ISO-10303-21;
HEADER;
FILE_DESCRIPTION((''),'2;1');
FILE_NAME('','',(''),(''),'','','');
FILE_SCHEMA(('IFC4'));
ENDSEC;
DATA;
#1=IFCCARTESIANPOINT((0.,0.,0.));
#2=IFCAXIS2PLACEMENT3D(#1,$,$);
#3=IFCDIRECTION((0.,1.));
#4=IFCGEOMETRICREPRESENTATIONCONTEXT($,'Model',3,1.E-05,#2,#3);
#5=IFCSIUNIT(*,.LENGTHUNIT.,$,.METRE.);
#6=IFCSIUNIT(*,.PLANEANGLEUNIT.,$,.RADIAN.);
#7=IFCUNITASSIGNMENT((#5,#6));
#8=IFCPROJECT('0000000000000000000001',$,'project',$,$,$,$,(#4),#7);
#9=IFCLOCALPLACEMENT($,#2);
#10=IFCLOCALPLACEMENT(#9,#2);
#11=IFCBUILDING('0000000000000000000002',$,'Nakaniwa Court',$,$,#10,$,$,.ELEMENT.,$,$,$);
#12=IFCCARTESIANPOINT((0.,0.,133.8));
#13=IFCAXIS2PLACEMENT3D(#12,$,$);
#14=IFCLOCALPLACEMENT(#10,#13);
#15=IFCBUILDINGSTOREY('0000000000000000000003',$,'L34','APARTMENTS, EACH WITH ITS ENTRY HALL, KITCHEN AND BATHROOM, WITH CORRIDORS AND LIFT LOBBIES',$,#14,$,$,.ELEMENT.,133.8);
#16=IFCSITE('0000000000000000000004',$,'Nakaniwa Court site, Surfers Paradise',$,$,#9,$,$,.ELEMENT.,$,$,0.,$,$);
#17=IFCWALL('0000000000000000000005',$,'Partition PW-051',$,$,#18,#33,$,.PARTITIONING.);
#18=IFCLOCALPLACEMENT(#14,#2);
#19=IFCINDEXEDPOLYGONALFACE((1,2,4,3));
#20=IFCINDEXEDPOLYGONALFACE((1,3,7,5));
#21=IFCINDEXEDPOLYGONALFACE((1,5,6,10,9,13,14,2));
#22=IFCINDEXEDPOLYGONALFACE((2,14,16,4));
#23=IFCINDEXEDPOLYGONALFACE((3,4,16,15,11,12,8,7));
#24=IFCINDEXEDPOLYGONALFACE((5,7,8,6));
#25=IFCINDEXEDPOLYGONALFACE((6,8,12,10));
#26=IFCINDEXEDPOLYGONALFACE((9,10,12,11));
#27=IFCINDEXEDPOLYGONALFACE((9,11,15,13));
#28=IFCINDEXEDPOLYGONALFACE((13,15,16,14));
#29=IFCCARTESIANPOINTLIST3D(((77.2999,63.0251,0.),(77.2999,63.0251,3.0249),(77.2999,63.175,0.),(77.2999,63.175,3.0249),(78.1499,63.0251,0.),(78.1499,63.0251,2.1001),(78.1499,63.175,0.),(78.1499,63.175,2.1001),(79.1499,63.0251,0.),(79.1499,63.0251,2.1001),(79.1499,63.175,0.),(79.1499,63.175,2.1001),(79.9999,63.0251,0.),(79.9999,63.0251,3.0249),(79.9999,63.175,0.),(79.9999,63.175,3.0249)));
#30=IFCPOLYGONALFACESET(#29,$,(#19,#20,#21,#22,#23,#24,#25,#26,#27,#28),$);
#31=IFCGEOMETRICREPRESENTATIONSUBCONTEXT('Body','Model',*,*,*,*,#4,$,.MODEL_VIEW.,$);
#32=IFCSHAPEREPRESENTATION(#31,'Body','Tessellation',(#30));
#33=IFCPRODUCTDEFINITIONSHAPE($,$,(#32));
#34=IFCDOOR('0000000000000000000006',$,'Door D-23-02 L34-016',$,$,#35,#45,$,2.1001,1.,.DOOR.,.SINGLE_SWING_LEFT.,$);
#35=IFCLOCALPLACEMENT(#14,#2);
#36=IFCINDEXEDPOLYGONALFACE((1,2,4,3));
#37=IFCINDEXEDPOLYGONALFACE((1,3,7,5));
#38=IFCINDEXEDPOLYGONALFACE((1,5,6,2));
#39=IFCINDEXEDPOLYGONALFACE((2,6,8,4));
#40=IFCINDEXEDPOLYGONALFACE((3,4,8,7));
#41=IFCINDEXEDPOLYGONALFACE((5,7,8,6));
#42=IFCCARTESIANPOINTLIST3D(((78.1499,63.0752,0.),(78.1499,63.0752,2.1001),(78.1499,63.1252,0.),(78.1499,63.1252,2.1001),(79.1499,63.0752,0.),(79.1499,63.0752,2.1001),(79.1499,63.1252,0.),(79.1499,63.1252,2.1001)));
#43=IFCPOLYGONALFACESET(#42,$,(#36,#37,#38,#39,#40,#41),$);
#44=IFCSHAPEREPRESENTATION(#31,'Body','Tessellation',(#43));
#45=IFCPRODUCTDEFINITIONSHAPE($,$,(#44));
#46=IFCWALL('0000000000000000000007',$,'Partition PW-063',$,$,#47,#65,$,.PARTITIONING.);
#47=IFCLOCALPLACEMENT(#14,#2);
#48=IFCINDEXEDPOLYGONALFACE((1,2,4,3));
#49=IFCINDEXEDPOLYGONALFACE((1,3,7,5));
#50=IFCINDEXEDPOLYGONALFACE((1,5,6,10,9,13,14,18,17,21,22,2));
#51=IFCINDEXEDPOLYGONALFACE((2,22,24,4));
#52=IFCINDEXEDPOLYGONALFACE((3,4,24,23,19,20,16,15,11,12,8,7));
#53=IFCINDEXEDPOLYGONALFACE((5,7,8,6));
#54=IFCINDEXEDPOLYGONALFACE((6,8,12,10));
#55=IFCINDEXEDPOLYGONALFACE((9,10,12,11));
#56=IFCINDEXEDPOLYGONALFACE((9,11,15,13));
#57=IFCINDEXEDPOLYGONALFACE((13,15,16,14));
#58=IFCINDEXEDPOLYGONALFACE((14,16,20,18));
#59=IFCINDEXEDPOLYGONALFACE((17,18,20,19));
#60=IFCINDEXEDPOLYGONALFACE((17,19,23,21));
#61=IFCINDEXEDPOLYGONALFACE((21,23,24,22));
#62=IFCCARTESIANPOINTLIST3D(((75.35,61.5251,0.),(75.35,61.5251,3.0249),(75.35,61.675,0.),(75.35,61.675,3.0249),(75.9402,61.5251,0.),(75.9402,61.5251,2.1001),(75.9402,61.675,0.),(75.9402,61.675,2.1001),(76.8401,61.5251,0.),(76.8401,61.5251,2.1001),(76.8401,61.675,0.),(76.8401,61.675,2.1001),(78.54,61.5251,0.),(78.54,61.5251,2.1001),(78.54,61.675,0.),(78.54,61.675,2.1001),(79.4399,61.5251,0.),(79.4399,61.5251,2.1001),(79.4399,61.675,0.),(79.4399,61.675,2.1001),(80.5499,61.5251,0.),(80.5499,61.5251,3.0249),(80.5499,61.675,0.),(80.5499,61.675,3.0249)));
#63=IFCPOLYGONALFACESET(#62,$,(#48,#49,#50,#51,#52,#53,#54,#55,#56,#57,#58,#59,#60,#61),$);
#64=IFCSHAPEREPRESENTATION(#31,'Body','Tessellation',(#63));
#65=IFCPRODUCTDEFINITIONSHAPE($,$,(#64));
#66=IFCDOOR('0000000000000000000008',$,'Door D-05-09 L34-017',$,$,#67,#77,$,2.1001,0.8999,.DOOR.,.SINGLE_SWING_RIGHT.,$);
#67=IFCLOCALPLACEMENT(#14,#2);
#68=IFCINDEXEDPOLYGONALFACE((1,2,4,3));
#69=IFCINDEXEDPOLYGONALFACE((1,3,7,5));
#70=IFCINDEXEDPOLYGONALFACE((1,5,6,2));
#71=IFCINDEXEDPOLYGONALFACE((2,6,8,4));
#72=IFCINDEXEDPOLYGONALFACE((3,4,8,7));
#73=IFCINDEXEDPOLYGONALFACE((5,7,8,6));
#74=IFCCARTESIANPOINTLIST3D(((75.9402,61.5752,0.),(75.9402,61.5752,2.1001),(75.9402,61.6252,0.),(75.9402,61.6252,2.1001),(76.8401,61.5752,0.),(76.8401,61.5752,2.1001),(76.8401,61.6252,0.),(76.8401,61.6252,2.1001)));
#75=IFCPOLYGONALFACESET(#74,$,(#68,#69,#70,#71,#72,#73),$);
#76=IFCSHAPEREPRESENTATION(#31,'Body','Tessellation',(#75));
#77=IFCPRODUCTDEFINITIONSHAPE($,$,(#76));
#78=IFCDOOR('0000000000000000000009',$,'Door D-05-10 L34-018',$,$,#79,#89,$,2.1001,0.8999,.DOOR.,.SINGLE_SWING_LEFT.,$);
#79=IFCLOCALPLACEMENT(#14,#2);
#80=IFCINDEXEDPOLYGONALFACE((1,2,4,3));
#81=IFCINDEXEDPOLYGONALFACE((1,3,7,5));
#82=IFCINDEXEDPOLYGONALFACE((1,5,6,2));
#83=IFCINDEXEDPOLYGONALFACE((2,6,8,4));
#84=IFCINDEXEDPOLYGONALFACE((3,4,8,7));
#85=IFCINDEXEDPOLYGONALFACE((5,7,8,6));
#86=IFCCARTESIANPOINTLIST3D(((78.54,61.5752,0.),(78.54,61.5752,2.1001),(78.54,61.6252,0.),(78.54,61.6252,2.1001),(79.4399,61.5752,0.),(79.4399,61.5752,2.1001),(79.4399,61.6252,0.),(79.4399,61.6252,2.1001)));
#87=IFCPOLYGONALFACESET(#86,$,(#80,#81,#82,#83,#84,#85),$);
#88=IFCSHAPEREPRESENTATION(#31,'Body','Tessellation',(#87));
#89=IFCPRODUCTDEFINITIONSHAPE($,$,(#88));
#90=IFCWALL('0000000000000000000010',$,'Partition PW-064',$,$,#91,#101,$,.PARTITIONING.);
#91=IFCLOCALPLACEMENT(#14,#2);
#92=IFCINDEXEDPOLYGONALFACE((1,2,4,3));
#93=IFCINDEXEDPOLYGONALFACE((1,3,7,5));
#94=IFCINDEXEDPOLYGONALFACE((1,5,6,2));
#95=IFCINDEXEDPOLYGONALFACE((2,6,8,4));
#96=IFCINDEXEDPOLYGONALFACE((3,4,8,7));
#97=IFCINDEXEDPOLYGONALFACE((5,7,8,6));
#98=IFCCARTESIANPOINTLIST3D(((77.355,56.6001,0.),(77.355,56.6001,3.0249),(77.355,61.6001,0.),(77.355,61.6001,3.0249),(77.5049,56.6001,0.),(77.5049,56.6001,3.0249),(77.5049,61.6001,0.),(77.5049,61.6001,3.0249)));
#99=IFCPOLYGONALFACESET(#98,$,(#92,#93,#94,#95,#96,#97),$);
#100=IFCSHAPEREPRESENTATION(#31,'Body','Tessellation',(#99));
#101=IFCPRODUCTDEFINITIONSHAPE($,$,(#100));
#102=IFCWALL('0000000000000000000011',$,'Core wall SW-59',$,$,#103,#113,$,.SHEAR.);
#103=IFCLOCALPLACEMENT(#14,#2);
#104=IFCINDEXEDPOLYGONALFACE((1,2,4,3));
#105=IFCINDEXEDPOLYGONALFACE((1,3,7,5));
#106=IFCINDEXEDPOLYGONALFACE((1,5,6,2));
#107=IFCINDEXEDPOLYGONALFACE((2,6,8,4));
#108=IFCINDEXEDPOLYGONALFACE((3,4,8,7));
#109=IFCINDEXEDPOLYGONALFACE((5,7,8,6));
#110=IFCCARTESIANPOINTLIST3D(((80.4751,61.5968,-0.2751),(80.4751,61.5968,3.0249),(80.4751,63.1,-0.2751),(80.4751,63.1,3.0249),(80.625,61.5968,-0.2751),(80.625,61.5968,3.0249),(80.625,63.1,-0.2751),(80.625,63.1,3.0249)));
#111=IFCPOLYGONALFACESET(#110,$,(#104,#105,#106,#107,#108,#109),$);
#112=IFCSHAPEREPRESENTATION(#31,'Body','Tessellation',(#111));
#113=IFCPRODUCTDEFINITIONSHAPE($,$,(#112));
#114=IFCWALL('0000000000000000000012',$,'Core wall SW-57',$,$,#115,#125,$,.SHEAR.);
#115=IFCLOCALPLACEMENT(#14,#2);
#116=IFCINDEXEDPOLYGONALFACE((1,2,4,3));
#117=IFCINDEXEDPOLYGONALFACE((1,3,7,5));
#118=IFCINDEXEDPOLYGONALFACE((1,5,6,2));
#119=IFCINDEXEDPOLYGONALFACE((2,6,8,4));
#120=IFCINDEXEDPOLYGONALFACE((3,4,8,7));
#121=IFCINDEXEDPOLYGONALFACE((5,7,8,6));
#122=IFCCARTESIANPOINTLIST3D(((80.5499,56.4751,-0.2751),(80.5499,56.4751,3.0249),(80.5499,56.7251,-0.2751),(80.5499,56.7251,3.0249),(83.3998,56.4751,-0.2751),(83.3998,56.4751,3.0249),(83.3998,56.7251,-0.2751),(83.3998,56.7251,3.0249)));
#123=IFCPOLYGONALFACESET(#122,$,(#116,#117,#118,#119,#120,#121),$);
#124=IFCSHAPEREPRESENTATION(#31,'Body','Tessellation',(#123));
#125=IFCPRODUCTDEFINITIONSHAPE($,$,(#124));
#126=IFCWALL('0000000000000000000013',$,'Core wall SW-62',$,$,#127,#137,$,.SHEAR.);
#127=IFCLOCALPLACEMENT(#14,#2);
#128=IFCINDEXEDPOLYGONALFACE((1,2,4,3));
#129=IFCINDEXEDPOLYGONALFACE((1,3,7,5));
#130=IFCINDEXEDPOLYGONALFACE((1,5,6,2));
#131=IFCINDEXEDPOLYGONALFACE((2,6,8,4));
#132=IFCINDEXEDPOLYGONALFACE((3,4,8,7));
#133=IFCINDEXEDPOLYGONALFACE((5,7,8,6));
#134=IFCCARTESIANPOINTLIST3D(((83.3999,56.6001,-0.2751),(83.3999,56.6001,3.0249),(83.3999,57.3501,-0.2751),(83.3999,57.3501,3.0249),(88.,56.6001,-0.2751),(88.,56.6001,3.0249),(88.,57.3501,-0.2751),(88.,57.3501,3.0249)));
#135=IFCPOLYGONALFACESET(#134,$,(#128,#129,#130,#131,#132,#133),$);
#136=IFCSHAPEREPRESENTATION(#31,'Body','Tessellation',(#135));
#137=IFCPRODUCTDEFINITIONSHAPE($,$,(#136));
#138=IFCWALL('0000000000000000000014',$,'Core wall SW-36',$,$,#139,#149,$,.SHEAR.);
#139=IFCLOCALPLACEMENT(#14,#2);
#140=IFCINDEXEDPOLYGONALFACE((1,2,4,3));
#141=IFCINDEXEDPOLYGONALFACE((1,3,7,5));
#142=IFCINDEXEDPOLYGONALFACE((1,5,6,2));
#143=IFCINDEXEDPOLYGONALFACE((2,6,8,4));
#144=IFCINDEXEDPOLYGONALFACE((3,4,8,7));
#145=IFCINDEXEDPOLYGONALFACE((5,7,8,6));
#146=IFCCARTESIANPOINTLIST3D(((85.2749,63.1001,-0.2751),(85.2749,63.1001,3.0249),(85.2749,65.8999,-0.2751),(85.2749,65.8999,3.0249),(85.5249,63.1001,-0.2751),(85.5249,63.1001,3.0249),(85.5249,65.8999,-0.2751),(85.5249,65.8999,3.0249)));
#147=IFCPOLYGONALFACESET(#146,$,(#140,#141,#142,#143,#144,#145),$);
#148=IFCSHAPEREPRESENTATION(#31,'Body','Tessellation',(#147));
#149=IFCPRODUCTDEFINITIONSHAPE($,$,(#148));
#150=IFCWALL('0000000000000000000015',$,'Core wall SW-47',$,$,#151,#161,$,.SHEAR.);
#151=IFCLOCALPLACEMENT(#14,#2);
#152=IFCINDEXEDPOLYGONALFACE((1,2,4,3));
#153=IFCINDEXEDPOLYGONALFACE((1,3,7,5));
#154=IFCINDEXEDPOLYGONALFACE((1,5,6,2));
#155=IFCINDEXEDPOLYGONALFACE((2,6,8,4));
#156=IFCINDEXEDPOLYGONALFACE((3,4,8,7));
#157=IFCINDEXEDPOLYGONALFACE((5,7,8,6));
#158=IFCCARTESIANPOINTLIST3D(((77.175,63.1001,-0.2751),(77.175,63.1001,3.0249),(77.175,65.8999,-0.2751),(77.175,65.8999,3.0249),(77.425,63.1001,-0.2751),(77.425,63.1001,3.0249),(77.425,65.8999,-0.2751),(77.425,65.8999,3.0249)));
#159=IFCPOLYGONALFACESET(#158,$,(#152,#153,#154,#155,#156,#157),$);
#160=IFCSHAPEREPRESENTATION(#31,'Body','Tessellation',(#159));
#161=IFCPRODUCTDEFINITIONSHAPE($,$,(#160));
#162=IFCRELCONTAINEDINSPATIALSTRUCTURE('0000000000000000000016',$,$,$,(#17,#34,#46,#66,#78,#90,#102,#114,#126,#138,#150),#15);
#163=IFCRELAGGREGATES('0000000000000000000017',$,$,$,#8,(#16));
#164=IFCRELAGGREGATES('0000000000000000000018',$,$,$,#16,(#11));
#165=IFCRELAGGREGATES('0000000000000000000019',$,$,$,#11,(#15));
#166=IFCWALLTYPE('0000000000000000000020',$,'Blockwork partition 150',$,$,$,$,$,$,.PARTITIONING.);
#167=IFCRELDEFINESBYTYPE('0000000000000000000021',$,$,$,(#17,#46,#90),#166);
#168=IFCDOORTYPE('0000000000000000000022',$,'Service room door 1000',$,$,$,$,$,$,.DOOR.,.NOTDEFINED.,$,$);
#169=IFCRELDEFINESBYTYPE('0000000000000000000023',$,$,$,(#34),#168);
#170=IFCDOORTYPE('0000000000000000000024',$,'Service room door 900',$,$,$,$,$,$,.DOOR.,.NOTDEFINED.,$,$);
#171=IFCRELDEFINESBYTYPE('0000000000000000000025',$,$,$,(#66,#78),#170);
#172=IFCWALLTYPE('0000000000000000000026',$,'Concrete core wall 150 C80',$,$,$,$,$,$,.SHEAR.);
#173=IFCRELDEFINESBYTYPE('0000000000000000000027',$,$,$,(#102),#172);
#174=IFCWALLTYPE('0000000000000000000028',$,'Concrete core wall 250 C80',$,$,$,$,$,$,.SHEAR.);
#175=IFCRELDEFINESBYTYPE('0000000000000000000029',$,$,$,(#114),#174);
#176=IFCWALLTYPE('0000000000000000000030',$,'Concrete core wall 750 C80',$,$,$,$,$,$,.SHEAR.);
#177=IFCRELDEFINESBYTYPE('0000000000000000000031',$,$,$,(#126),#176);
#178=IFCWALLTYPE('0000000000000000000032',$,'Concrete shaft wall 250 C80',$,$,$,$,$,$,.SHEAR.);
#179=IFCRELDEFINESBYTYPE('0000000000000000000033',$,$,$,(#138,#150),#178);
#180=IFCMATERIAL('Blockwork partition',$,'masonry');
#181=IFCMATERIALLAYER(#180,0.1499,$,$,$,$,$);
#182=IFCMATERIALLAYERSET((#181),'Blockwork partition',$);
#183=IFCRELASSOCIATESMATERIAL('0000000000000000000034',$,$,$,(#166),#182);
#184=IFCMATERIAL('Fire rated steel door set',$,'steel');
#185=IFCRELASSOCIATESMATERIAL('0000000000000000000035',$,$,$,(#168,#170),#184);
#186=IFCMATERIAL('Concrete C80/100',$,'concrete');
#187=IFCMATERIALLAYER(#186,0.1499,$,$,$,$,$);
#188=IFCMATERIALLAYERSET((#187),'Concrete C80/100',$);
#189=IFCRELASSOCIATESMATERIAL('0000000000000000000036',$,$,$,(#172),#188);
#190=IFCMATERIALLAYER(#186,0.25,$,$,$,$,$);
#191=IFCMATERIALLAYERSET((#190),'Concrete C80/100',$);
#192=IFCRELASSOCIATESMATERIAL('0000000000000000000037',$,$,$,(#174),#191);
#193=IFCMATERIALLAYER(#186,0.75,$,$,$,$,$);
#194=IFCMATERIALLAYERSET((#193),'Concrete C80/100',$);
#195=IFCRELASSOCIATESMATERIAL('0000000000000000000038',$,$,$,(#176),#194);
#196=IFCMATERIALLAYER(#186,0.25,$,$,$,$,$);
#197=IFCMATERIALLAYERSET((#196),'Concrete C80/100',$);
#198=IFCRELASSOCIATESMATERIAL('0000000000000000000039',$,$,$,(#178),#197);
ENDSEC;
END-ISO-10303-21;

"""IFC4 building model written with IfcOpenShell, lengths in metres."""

from ifc_helpers import new_model, si_unit, direction, frame, frame_2d, origin, place, context, subcontext, project, spatial, rectangle, extrude, material, layer, layer_set, type_object, element, fill, save


model = new_model("IFC4")

# Units and contexts
model_context = context("Model", 3, precision=1e-05, world=origin(), true_north=direction((0.0, 1.0)))
body_context = subcontext(model_context, "Body", "Model", "MODEL_VIEW")
ifc_project = project(units=[si_unit("LENGTHUNIT", "METRE"), si_unit("PLANEANGLEUNIT", "RADIAN")], contexts=[model_context])

# Site, building, storey
site_placement = place(None, origin())
site = spatial("IfcSite", under=ifc_project, at=site_placement, Name="Nakaniwa Court site, Surfers Paradise", CompositionType="ELEMENT", RefElevation=0.0)
building_placement = place(site_placement, origin())
building = spatial("IfcBuilding", under=site, at=building_placement, Name="Nakaniwa Court", CompositionType="ELEMENT")
storey_placement = place(building_placement, frame((0.0, 0.0, 133.8)))
storey = spatial("IfcBuildingStorey", under=building, at=storey_placement, Name="L34", Description="APARTMENTS, EACH WITH ITS ENTRY HALL, KITCHEN AND BATHROOM, WITH CORRIDORS AND LIFT LOBBIES", CompositionType="ELEMENT", Elevation=133.8)

# Wall, opening, door
ifc_material_1 = material(Name="Blockwork partition", Category="masonry")
ifc_layer_1 = layer(ifc_material_1, 0.1499)
ifc_layer_set_1 = layer_set([ifc_layer_1], Name="Blockwork partition")
wall_type_1 = type_object("IfcWallType", Name="Blockwork partition 150", PredefinedType="PARTITIONING", material=ifc_layer_set_1)
wall_1_placement = place(storey_placement, frame((80.0, 63.1001, 0.0), z_axis=(0.0, 0.0, 1.0), x_axis=(-1.0, 0.0, 0.0)))
wall_1 = element("IfcWall", 1, at=wall_1_placement, inside=storey, type_object=wall_type_1, Name="Partition PW-051", PredefinedType="PARTITIONING", context=body_context, shape_type="SweptSolid", body=[
    extrude(rectangle(XDim=2.7, YDim=0.1499, at=frame_2d((1.3501, 0.0))), origin(), (0.0, 0.0, 1.0), 3.0249),
])
opening_1_placement = place(wall_1_placement, frame((0.8501, 0.0, 0.0)))
opening_1 = element("IfcOpeningElement", 2, at=opening_1_placement, cuts=wall_1, PredefinedType="OPENING", context=body_context, shape_type="SweptSolid", body=[
    extrude(rectangle(XDim=1.0, YDim=2.1001, at=frame_2d((0.5, 1.05))), frame((0.0, 0.085, 0.0), z_axis=(0.0, -1.0, 0.0), x_axis=(1.0, 0.0, 0.0)), (0.0, 0.0, 1.0), 0.1699),
])
ifc_material_2 = material(Name="Fire rated steel door set", Category="steel")
door_type_1 = type_object("IfcDoorType", Name="Service room door 1000", OperationType="NOTDEFINED", PredefinedType="DOOR", material=ifc_material_2)
door_1_placement = place(opening_1_placement, origin())
door_1 = element("IfcDoor", 3, at=door_1_placement, inside=storey, type_object=door_type_1, Name="Door D-23-02 L34-016", OperationType="SINGLE_SWING_LEFT", OverallHeight=2.1001, OverallWidth=1.0, PredefinedType="DOOR", context=body_context, shape_type="SweptSolid", body=[
    extrude(rectangle(XDim=1.0, YDim=2.1001, at=frame_2d((0.5, 1.05))), frame((0.0, 0.0249, 0.0), z_axis=(0.0, -1.0, 0.0), x_axis=(1.0, 0.0, 0.0)), (0.0, 0.0, 1.0), 0.05),
])
fill(opening_1, door_1)

# Wall, openings, doors
wall_2_placement = place(storey_placement, frame((80.55, 61.6001, 0.0), z_axis=(0.0, 0.0, 1.0), x_axis=(-1.0, 0.0, 0.0)))
wall_2 = element("IfcWall", 4, at=wall_2_placement, inside=storey, type_object=wall_type_1, Name="Partition PW-063", PredefinedType="PARTITIONING", context=body_context, shape_type="SweptSolid", body=[
    extrude(rectangle(XDim=5.2, YDim=0.1499, at=frame_2d((2.6001, 0.0))), origin(), (0.0, 0.0, 1.0), 3.0249),
])
opening_2_placement = place(wall_2_placement, frame((3.71, 0.0, 0.0)))
opening_2 = element("IfcOpeningElement", 5, at=opening_2_placement, cuts=wall_2, PredefinedType="OPENING", context=body_context, shape_type="SweptSolid", body=[
    extrude(rectangle(XDim=0.8999, YDim=2.1001, at=frame_2d((0.45, 1.05))), frame((0.0, 0.085, 0.0), z_axis=(0.0, -1.0, 0.0), x_axis=(1.0, 0.0, 0.0)), (0.0, 0.0, 1.0), 0.1699),
])
opening_3_placement = place(wall_2_placement, frame((1.1101, 0.0, 0.0)))
opening_3 = element("IfcOpeningElement", 6, at=opening_3_placement, cuts=wall_2, PredefinedType="OPENING", context=body_context, shape_type="SweptSolid", body=[
    extrude(rectangle(XDim=0.8999, YDim=2.1001, at=frame_2d((0.45, 1.05))), frame((0.0, 0.085, 0.0), z_axis=(0.0, -1.0, 0.0), x_axis=(1.0, 0.0, 0.0)), (0.0, 0.0, 1.0), 0.1699),
])
door_type_2 = type_object("IfcDoorType", Name="Service room door 900", OperationType="NOTDEFINED", PredefinedType="DOOR", material=ifc_material_2)
door_2_placement = place(opening_2_placement, origin())
door_2 = element("IfcDoor", 7, at=door_2_placement, inside=storey, type_object=door_type_2, Name="Door D-05-09 L34-017", OperationType="SINGLE_SWING_RIGHT", OverallHeight=2.1001, OverallWidth=0.8999, PredefinedType="DOOR", context=body_context, shape_type="SweptSolid", body=[
    extrude(rectangle(XDim=0.8999, YDim=2.1001, at=frame_2d((0.45, 1.05))), frame((0.0, 0.0249, 0.0), z_axis=(0.0, -1.0, 0.0), x_axis=(1.0, 0.0, 0.0)), (0.0, 0.0, 1.0), 0.05),
])
fill(opening_2, door_2)
door_3_placement = place(opening_3_placement, origin())
door_3 = element("IfcDoor", 8, at=door_3_placement, inside=storey, type_object=door_type_2, Name="Door D-05-10 L34-018", OperationType="SINGLE_SWING_LEFT", OverallHeight=2.1001, OverallWidth=0.8999, PredefinedType="DOOR", context=body_context, shape_type="SweptSolid", body=[
    extrude(rectangle(XDim=0.8999, YDim=2.1001, at=frame_2d((0.45, 1.05))), frame((0.0, 0.0249, 0.0), z_axis=(0.0, -1.0, 0.0), x_axis=(1.0, 0.0, 0.0)), (0.0, 0.0, 1.0), 0.05),
])
fill(opening_3, door_3)

# Walls
wall_3_placement = place(storey_placement, frame((77.4299, 56.6001, 0.0), z_axis=(0.0, 0.0, 1.0), x_axis=(0.0, 1.0, 0.0)))
element("IfcWall", 9, at=wall_3_placement, inside=storey, type_object=wall_type_1, Name="Partition PW-064", PredefinedType="PARTITIONING", context=body_context, shape_type="SweptSolid", body=[
    extrude(rectangle(XDim=5.0, YDim=0.1499, at=frame_2d((2.5, 0.0))), origin(), (0.0, 0.0, 1.0), 3.0249),
])
ifc_material_3 = material(Name="Concrete C80/100", Category="concrete")
ifc_layer_2 = layer(ifc_material_3, 0.1499)
ifc_layer_set_2 = layer_set([ifc_layer_2], Name="Concrete C80/100")
wall_type_2 = type_object("IfcWallType", Name="Concrete core wall 150 C80", PredefinedType="SHEAR", material=ifc_layer_set_2)
wall_4_placement = place(storey_placement, frame((80.55, 61.5969, -0.2751), z_axis=(0.0, 0.0, 1.0), x_axis=(0.0, 1.0, 0.0)))
element("IfcWall", 10, at=wall_4_placement, inside=storey, type_object=wall_type_2, Name="Core wall SW-59", PredefinedType="SHEAR", context=body_context, shape_type="SweptSolid", body=[
    extrude(rectangle(XDim=1.5032, YDim=0.1499, at=frame_2d((0.7515, 0.0))), origin(), (0.0, 0.0, 1.0), 3.3),
])
ifc_layer_3 = layer(ifc_material_3, 0.25)
ifc_layer_set_3 = layer_set([ifc_layer_3], Name="Concrete C80/100")
wall_type_3 = type_object("IfcWallType", Name="Concrete core wall 250 C80", PredefinedType="SHEAR", material=ifc_layer_set_3)
wall_5_placement = place(storey_placement, frame((80.55, 56.6001, -0.2751), z_axis=(0.0, 0.0, 1.0), x_axis=(1.0, 0.0, 0.0)))
element("IfcWall", 11, at=wall_5_placement, inside=storey, type_object=wall_type_3, Name="Core wall SW-57", PredefinedType="SHEAR", context=body_context, shape_type="SweptSolid", body=[
    extrude(rectangle(XDim=2.8499, YDim=0.25, at=frame_2d((1.4248, 0.0))), origin(), (0.0, 0.0, 1.0), 3.3),
])
ifc_layer_4 = layer(ifc_material_3, 0.75)
ifc_layer_set_4 = layer_set([ifc_layer_4], Name="Concrete C80/100")
wall_type_4 = type_object("IfcWallType", Name="Concrete core wall 750 C80", PredefinedType="SHEAR", material=ifc_layer_set_4)
wall_6_placement = place(storey_placement, frame((83.3999, 56.9751, -0.2751), z_axis=(0.0, 0.0, 1.0), x_axis=(1.0, 0.0, 0.0)))
element("IfcWall", 12, at=wall_6_placement, inside=storey, type_object=wall_type_4, Name="Core wall SW-62", PredefinedType="SHEAR", context=body_context, shape_type="SweptSolid", body=[
    extrude(rectangle(XDim=4.6001, YDim=0.75, at=frame_2d((2.3, 0.0))), origin(), (0.0, 0.0, 1.0), 3.3),
])
ifc_layer_5 = layer(ifc_material_3, 0.25)
ifc_layer_set_5 = layer_set([ifc_layer_5], Name="Concrete C80/100")
wall_type_5 = type_object("IfcWallType", Name="Concrete shaft wall 250 C80", PredefinedType="SHEAR", material=ifc_layer_set_5)
for number, where, z_axis, x_axis, name in (
    (13, (85.3999, 63.1001, -0.2751), (0.0, 0.0, 1.0), (0.0, 1.0, 0.0), "Core wall SW-36"),
    (14, (77.3, 63.1001, -0.2751), (0.0, 0.0, 1.0), (0.0, 1.0, 0.0), "Core wall SW-47"),
):
    element("IfcWall", number, at=place(storey_placement, frame(where, z_axis=z_axis, x_axis=x_axis)), inside=storey, type_object=wall_type_5, Name=name, PredefinedType="SHEAR", context=body_context, shape_type="SweptSolid", body=[
        extrude(rectangle(XDim=2.7998, YDim=0.25, at=frame_2d((1.3999, 0.0))), origin(), (0.0, 0.0, 1.0), 3.3),
    ])

save(model, "model.ifc")
